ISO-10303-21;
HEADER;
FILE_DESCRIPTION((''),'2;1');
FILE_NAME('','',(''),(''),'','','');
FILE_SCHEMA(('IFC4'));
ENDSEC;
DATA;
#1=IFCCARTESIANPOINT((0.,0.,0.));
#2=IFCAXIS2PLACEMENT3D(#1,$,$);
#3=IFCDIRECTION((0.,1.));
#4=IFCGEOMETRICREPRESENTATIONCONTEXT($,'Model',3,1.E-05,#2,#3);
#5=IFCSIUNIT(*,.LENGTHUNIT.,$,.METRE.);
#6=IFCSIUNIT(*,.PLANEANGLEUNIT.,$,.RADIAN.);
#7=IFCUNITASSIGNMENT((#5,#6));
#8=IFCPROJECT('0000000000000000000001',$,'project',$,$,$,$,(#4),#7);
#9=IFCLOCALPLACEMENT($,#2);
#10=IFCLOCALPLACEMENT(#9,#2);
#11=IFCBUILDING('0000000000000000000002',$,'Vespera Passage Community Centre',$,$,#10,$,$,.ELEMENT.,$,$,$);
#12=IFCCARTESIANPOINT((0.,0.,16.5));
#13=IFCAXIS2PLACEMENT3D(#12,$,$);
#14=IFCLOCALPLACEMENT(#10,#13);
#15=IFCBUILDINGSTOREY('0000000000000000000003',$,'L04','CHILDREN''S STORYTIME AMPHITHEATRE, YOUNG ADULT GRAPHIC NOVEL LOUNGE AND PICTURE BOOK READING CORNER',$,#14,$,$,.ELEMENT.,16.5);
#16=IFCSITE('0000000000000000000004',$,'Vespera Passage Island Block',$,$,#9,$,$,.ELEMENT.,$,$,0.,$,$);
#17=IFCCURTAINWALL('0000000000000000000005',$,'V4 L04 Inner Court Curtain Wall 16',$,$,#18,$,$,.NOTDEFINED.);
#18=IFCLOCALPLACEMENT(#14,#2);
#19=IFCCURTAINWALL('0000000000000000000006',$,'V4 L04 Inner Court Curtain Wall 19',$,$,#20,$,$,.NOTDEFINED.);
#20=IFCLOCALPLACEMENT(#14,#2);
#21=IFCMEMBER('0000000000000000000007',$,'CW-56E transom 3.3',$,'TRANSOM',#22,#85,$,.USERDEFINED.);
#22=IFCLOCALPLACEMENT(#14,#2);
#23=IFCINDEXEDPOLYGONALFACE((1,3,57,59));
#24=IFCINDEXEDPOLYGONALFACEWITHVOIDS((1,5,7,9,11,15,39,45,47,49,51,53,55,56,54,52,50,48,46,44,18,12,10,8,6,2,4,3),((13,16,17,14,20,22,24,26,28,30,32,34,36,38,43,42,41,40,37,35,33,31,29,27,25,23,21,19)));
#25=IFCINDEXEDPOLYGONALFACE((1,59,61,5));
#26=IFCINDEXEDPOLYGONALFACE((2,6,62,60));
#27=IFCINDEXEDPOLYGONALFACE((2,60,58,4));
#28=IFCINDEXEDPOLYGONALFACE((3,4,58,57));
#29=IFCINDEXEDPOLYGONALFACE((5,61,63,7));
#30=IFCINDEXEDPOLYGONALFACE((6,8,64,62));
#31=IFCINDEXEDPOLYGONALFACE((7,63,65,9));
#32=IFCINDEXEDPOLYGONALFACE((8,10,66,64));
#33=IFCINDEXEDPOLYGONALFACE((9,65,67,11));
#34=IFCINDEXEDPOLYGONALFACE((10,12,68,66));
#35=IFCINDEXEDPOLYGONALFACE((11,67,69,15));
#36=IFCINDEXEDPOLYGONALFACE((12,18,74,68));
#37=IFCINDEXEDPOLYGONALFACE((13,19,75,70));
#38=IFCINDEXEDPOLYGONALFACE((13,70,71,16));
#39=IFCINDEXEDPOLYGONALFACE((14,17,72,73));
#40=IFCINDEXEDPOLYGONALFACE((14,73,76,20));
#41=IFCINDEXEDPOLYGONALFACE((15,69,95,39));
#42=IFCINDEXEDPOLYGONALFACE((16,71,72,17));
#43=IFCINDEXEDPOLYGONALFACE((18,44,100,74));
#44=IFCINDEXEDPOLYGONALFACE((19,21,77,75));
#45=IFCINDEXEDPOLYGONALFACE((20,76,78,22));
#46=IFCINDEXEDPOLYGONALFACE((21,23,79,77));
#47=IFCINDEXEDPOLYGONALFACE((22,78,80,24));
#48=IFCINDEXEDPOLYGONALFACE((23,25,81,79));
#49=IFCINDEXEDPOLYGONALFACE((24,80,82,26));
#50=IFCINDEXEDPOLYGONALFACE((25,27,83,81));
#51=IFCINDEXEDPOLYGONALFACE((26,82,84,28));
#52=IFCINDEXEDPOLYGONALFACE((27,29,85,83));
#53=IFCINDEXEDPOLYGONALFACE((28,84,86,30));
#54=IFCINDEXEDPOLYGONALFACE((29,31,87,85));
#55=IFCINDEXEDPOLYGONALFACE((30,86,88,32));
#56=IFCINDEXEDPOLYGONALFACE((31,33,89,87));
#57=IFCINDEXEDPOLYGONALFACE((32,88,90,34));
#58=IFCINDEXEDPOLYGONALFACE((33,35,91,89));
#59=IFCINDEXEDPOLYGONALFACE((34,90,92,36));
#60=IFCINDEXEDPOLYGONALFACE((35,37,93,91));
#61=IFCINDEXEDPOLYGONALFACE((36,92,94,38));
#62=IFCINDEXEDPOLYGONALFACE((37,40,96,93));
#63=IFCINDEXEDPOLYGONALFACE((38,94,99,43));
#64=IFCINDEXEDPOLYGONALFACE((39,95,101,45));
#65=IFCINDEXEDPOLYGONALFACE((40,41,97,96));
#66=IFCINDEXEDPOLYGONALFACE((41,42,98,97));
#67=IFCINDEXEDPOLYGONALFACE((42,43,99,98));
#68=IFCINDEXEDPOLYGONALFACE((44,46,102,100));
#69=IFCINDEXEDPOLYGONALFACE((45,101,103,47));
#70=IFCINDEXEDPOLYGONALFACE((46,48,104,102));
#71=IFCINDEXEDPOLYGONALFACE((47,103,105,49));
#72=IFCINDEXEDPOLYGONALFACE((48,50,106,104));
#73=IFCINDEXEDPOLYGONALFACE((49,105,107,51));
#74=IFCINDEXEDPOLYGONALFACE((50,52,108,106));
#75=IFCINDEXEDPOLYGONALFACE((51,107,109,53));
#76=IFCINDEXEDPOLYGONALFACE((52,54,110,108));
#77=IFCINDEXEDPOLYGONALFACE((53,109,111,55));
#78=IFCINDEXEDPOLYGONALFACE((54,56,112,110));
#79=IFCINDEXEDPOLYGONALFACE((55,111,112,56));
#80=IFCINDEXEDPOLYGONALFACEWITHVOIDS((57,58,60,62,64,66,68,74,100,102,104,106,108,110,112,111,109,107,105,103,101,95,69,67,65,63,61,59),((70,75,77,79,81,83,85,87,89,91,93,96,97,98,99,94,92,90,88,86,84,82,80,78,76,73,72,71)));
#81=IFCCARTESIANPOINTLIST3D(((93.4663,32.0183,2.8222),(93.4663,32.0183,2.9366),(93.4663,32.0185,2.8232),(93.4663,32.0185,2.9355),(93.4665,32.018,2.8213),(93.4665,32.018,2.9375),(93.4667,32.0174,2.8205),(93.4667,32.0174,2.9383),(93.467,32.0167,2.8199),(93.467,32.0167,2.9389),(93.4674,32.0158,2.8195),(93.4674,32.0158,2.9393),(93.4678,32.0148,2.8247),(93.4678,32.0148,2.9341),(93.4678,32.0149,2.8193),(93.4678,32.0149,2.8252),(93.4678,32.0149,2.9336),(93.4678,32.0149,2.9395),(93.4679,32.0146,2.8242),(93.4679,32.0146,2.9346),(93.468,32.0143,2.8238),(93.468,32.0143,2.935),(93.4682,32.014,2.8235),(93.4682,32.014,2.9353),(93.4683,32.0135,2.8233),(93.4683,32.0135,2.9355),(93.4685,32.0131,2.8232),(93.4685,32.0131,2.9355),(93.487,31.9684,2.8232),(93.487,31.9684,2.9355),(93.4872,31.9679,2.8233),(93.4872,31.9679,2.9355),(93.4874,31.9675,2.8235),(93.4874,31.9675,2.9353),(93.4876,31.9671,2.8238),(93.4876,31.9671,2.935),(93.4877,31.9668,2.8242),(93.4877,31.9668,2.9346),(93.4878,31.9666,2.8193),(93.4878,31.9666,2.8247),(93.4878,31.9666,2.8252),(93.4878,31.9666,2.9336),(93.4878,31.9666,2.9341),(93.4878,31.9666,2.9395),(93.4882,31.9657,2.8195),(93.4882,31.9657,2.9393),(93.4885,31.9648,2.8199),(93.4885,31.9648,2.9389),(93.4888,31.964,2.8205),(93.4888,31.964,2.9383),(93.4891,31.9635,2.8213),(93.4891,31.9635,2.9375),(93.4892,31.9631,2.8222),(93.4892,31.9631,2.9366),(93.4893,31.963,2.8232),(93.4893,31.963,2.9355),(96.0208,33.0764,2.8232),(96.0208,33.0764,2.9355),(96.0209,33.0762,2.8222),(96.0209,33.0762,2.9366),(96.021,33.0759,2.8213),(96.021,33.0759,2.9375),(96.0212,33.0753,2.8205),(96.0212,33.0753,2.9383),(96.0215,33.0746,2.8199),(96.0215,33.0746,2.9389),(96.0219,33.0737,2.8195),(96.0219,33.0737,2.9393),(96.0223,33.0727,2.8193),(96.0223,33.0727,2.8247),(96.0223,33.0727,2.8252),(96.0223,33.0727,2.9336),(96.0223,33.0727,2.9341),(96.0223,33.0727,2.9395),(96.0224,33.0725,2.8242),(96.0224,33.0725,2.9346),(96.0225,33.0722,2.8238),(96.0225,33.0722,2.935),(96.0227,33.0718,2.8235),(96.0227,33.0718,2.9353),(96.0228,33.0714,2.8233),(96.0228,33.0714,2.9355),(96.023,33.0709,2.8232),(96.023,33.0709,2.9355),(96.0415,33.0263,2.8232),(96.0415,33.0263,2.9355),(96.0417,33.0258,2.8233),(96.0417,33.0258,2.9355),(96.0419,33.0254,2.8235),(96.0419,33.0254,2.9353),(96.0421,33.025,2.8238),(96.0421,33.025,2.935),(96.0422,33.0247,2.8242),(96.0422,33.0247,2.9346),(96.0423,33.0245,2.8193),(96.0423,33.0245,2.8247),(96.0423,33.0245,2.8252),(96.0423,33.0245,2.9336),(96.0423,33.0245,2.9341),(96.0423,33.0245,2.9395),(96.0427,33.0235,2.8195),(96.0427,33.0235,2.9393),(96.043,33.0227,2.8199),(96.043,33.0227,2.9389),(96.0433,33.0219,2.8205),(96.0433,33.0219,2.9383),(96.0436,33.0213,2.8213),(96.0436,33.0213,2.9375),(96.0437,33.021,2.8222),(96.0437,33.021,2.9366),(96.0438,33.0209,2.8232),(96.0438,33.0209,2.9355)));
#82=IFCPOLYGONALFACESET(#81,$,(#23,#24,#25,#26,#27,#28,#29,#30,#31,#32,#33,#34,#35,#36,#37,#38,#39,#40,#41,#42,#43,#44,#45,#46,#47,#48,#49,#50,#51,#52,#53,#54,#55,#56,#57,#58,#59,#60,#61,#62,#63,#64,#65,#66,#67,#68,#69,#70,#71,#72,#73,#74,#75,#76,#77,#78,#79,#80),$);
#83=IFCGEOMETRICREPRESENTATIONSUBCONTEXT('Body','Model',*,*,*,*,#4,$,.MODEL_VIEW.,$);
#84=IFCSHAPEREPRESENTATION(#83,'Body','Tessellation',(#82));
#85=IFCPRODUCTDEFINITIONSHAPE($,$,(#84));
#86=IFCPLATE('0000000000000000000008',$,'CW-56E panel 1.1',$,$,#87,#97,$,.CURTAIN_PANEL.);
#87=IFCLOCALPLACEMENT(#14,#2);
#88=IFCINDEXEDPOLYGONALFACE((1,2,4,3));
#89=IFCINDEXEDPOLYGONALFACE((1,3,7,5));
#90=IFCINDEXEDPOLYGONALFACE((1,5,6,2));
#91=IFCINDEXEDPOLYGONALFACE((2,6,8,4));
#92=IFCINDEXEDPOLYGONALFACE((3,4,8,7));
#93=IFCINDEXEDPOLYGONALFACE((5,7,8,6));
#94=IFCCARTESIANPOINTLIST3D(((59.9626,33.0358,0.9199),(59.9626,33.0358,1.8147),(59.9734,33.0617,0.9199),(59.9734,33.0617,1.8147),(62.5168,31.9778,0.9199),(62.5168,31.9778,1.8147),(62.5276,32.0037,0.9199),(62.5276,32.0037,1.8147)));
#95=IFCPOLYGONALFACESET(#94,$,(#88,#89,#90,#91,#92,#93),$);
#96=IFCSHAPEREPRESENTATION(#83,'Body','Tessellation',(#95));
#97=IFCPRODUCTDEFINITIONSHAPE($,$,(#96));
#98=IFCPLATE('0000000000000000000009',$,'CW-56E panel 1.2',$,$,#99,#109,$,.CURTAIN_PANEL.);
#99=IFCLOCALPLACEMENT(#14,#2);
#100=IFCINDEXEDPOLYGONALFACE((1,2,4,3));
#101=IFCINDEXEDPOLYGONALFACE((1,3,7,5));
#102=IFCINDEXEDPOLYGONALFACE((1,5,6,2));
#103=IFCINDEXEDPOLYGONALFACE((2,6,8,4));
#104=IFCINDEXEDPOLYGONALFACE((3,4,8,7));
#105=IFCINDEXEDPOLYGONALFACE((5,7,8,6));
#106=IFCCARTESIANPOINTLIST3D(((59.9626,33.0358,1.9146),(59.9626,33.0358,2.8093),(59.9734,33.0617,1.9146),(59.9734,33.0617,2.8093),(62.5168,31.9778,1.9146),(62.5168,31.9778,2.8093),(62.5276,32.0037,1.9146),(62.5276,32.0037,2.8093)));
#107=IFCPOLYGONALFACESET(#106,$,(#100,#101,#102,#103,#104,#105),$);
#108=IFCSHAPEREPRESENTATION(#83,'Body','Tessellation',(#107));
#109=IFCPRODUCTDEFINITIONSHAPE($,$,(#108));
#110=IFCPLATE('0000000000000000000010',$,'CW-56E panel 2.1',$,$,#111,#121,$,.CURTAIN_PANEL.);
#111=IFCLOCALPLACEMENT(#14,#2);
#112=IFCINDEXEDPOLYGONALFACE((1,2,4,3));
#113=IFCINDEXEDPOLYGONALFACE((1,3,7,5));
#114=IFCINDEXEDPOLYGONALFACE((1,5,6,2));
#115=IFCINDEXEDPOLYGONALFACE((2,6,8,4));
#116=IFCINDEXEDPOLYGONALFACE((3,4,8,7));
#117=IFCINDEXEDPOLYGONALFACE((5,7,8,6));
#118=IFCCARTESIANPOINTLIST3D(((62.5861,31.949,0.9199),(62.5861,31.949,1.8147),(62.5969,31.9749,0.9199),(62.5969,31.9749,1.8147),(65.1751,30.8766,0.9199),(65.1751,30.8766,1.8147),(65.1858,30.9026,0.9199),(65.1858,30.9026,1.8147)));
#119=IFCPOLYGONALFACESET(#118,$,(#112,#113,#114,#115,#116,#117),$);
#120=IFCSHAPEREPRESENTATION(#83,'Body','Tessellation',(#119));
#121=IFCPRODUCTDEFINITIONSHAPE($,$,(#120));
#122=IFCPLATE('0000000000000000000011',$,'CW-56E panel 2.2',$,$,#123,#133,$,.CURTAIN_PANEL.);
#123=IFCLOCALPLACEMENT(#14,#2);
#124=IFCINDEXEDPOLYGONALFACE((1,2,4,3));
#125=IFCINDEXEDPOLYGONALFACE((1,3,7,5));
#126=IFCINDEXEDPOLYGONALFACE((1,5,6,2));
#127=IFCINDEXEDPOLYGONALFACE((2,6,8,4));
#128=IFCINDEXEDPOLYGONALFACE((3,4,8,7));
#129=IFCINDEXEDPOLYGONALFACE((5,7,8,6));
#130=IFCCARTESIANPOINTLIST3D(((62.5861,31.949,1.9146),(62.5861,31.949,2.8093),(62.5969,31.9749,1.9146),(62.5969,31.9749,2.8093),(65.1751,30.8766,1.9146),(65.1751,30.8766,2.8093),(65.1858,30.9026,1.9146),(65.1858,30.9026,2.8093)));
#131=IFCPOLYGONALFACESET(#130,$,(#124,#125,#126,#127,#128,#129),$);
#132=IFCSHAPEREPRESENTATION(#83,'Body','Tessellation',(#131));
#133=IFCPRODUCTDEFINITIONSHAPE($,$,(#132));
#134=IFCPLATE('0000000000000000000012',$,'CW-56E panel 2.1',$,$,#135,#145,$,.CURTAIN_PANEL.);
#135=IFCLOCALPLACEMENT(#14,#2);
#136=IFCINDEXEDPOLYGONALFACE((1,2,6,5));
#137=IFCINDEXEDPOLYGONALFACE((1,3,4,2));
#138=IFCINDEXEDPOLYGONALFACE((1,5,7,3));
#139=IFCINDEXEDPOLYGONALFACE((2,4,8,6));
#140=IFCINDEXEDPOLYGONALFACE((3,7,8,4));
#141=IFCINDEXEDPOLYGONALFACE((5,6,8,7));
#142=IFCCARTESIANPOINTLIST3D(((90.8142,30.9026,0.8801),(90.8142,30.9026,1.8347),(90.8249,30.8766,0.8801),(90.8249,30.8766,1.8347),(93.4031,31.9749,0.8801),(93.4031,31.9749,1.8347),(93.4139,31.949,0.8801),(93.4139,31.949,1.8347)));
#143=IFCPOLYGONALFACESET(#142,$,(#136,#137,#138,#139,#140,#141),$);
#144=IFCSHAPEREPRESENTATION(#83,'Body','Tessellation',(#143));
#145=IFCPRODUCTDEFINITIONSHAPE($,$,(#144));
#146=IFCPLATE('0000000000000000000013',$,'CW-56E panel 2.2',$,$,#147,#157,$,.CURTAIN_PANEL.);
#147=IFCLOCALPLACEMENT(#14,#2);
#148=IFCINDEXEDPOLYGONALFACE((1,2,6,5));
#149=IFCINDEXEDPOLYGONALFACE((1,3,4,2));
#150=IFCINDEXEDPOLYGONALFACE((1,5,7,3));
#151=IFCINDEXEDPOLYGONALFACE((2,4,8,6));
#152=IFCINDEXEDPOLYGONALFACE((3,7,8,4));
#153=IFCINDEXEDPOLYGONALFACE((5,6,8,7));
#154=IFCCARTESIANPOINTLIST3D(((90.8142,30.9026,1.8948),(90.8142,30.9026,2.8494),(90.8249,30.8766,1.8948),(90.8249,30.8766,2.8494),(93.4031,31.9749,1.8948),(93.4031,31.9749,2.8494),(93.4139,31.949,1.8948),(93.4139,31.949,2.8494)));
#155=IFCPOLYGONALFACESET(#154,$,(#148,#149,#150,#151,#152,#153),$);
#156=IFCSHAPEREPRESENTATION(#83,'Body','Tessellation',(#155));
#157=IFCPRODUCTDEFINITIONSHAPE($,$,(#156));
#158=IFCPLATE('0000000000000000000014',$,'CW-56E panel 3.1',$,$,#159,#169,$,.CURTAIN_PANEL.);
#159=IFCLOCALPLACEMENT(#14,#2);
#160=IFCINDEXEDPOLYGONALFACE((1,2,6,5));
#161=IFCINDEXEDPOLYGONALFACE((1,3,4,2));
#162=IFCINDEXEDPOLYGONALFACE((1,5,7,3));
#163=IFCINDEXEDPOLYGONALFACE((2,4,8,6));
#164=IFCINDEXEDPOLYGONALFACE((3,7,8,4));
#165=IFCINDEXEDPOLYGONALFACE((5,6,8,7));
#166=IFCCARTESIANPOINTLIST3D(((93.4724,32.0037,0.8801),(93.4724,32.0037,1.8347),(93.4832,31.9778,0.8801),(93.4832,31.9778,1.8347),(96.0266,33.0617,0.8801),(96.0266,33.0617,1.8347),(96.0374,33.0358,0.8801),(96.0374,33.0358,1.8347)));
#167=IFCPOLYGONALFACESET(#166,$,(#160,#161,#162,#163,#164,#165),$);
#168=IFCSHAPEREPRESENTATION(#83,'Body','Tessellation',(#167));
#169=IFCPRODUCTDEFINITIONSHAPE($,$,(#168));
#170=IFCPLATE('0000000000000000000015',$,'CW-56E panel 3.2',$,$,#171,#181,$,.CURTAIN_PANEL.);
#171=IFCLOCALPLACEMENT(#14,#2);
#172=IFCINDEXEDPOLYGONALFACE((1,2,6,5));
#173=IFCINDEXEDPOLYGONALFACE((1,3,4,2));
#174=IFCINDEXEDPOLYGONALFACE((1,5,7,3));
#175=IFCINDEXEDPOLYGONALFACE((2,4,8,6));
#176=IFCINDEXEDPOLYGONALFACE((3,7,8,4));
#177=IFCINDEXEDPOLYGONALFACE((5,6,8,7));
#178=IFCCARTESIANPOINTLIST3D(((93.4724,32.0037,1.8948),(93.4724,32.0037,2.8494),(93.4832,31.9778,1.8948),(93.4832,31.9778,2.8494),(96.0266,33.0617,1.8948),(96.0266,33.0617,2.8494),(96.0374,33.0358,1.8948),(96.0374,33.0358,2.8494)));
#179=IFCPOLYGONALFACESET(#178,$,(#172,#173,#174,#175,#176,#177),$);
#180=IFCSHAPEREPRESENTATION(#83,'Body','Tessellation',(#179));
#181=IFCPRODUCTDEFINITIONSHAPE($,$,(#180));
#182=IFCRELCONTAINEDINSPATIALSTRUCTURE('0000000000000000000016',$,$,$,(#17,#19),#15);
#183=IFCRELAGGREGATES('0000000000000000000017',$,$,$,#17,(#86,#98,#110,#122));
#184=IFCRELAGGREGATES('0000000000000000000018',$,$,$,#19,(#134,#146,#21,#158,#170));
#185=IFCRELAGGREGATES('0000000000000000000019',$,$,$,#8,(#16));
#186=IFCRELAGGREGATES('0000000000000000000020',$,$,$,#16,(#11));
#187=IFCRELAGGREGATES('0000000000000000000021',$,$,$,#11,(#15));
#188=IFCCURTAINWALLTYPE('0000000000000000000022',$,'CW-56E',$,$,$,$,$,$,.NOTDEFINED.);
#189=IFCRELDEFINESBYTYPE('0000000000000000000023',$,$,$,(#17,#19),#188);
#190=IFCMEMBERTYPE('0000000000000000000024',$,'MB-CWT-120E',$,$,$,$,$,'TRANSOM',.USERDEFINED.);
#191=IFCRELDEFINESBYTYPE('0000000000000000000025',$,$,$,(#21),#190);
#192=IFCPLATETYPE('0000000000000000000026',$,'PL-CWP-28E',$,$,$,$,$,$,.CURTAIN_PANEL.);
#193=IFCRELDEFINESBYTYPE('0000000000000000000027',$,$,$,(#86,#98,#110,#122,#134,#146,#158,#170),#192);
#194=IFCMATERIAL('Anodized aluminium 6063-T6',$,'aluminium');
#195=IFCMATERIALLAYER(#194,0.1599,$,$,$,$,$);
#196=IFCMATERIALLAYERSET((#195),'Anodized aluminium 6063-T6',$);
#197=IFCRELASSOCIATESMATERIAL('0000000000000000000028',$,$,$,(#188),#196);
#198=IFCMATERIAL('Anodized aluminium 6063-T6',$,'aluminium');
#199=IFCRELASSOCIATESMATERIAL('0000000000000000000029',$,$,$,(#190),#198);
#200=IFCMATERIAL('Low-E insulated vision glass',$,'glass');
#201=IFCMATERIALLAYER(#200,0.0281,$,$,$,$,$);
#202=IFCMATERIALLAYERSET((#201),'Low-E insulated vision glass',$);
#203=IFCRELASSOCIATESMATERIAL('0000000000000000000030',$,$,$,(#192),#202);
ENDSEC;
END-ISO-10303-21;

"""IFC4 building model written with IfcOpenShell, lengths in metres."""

from ifc_helpers import new_model, si_unit, direction, frame, origin, origin_2d, place, context, subcontext, project, spatial, rectangle, hollow_rectangle, extrude, material, layer, layer_set, material_profile, profile_set, type_object, element, aggregate, save


model = new_model("IFC4")

# Units and contexts
model_context = context("Model", 3, precision=1e-05, world=origin(), true_north=direction((0.0, 1.0)))
body_context = subcontext(model_context, "Body", "Model", "MODEL_VIEW")
ifc_project = project(units=[si_unit("LENGTHUNIT", "METRE"), si_unit("PLANEANGLEUNIT", "RADIAN")], contexts=[model_context])

# Site, building, storey
site_placement = place(None, origin())
site = spatial("IfcSite", under=ifc_project, at=site_placement, Name="Vespera Passage Island Block", CompositionType="ELEMENT", RefElevation=0.0)
building_placement = place(site_placement, origin())
building = spatial("IfcBuilding", under=site, at=building_placement, Name="Vespera Passage Community Centre", CompositionType="ELEMENT")
storey_placement = place(building_placement, frame((0.0, 0.0, 16.5)))
storey = spatial("IfcBuildingStorey", under=building, at=storey_placement, Name="L04", Description="CHILDREN'S STORYTIME AMPHITHEATRE, YOUNG ADULT GRAPHIC NOVEL LOUNGE AND PICTURE BOOK READING CORNER", CompositionType="ELEMENT", Elevation=16.5)

# Curtain walls
ifc_material_1 = material(Name="Anodized aluminium 6063-T6", Category="aluminium")
ifc_layer_1 = layer(ifc_material_1, 0.1599)
ifc_layer_set_1 = layer_set([ifc_layer_1], Name="Anodized aluminium 6063-T6")
curtain_wall_type = type_object("IfcCurtainWallType", Name="CW-56E", PredefinedType="NOTDEFINED", material=ifc_layer_set_1)
curtain_wall_1_placement = place(storey_placement, origin())
curtain_wall_1 = element("IfcCurtainWall", 1, at=curtain_wall_1_placement, inside=storey, type_object=curtain_wall_type, Name="V4 L04 Inner Court Curtain Wall 16", PredefinedType="NOTDEFINED")
curtain_wall_2_placement = place(storey_placement, origin())
curtain_wall_2 = element("IfcCurtainWall", 2, at=curtain_wall_2_placement, inside=storey, type_object=curtain_wall_type, Name="V4 L04 Inner Court Curtain Wall 19", PredefinedType="NOTDEFINED")

# Member
ifc_material_2 = material(Name="Anodized aluminium 6063-T6", Category="aluminium")
ifc_material_profile_1 = material_profile(ifc_material_2, hollow_rectangle(XDim=0.0601, YDim=0.1201, WallThickness=0.0039, InnerFilletRadius=0.002, OuterFilletRadius=0.0039, at=origin_2d()), Name="ALU120X60X4")
ifc_profile_set_1 = profile_set([ifc_material_profile_1], Name="Anodized aluminium 6063-T6")
member_type_1 = type_object("IfcMemberType", Name="MB-CWT-120E", ElementType="TRANSOM", PredefinedType="USERDEFINED", material=ifc_profile_set_1)
member_1_placement = place(storey_placement, frame((93.4778, 31.9907, 2.8794), z_axis=(0.923908, 0.382614, 0.0), x_axis=(-0.382614, 0.923908, 0.0)))
member_1 = element("IfcMember", 3, at=member_1_placement, type_object=member_type_1, Name="CW-56E transom 3.3", ObjectType="TRANSOM", PredefinedType="USERDEFINED", context=body_context, shape_type="SweptSolid", body=[
    extrude(hollow_rectangle(XDim=0.0601, YDim=0.1201, WallThickness=0.0039, InnerFilletRadius=0.002, OuterFilletRadius=0.0039, at=origin_2d()), origin(), (0.0, 0.0, 1.0), 2.7649),
])

# Plates
ifc_material_3 = material(Name="Low-E insulated vision glass", Category="glass")
ifc_layer_2 = layer(ifc_material_3, 0.0281)
ifc_layer_set_2 = layer_set([ifc_layer_2], Name="Low-E insulated vision glass")
plate_type = type_object("IfcPlateType", Name="PL-CWP-28E", PredefinedType="CURTAIN_PANEL", material=ifc_layer_set_2)
plate_1_placement = place(storey_placement, frame((61.2451, 32.5198, 0.9199), z_axis=(0.0, 0.0, 1.0), x_axis=(0.923877, -0.38269, 0.0)))
plate_1 = element("IfcPlate", 4, at=plate_1_placement, type_object=plate_type, Name="CW-56E panel 1.1", PredefinedType="CURTAIN_PANEL", context=body_context, shape_type="SweptSolid", body=[
    extrude(rectangle(XDim=2.7646, YDim=0.0281, at=origin_2d()), origin(), (0.0, 0.0, 1.0), 0.8948),
])
plate_2_placement = place(storey_placement, frame((61.2451, 32.5198, 1.9146), z_axis=(0.0, 0.0, 1.0), x_axis=(0.923877, -0.38269, 0.0)))
plate_2 = element("IfcPlate", 5, at=plate_2_placement, type_object=plate_type, Name="CW-56E panel 1.2", PredefinedType="CURTAIN_PANEL", context=body_context, shape_type="SweptSolid", body=[
    extrude(rectangle(XDim=2.7646, YDim=0.0281, at=origin_2d()), origin(), (0.0, 0.0, 1.0), 0.8948),
])
plate_3_placement = place(storey_placement, frame((63.886, 31.4258, 0.9199), z_axis=(0.0, 0.0, 1.0), x_axis=(0.923877, -0.38269, 0.0)))
plate_3 = element("IfcPlate", 6, at=plate_3_placement, type_object=plate_type, Name="CW-56E panel 2.1", PredefinedType="CURTAIN_PANEL", context=body_context, shape_type="SweptSolid", body=[
    extrude(rectangle(XDim=2.8022, YDim=0.0281, at=origin_2d()), origin(), (0.0, 0.0, 1.0), 0.8948),
])
plate_4_placement = place(storey_placement, frame((63.886, 31.4258, 1.9146), z_axis=(0.0, 0.0, 1.0), x_axis=(0.923877, -0.38269, 0.0)))
plate_4 = element("IfcPlate", 7, at=plate_4_placement, type_object=plate_type, Name="CW-56E panel 2.2", PredefinedType="CURTAIN_PANEL", context=body_context, shape_type="SweptSolid", body=[
    extrude(rectangle(XDim=2.8022, YDim=0.0281, at=origin_2d()), origin(), (0.0, 0.0, 1.0), 0.8948),
])
aggregate(curtain_wall_1, [plate_1, plate_2, plate_3, plate_4])
plate_5_placement = place(storey_placement, frame((92.114, 31.4258, 0.8801), z_axis=(0.0, 0.0, 1.0), x_axis=(0.923877, 0.38269, 0.0)))
plate_5 = element("IfcPlate", 8, at=plate_5_placement, type_object=plate_type, Name="CW-56E panel 2.1", PredefinedType="CURTAIN_PANEL", context=body_context, shape_type="SweptSolid", body=[
    extrude(rectangle(XDim=2.8022, YDim=0.0281, at=origin_2d()), origin(), (0.0, 0.0, 1.0), 0.9546),
])
plate_6_placement = place(storey_placement, frame((92.114, 31.4258, 1.8948), z_axis=(0.0, 0.0, 1.0), x_axis=(0.923877, 0.38269, 0.0)))
plate_6 = element("IfcPlate", 9, at=plate_6_placement, type_object=plate_type, Name="CW-56E panel 2.2", PredefinedType="CURTAIN_PANEL", context=body_context, shape_type="SweptSolid", body=[
    extrude(rectangle(XDim=2.8022, YDim=0.0281, at=origin_2d()), origin(), (0.0, 0.0, 1.0), 0.9546),
])
plate_7_placement = place(storey_placement, frame((94.7549, 32.5198, 0.8801), z_axis=(0.0, 0.0, 1.0), x_axis=(0.923877, 0.38269, 0.0)))
plate_7 = element("IfcPlate", 10, at=plate_7_placement, type_object=plate_type, Name="CW-56E panel 3.1", PredefinedType="CURTAIN_PANEL", context=body_context, shape_type="SweptSolid", body=[
    extrude(rectangle(XDim=2.7646, YDim=0.0281, at=origin_2d()), origin(), (0.0, 0.0, 1.0), 0.9546),
])
plate_8_placement = place(storey_placement, frame((94.7549, 32.5198, 1.8948), z_axis=(0.0, 0.0, 1.0), x_axis=(0.923877, 0.38269, 0.0)))
plate_8 = element("IfcPlate", 11, at=plate_8_placement, type_object=plate_type, Name="CW-56E panel 3.2", PredefinedType="CURTAIN_PANEL", context=body_context, shape_type="SweptSolid", body=[
    extrude(rectangle(XDim=2.7646, YDim=0.0281, at=origin_2d()), origin(), (0.0, 0.0, 1.0), 0.9546),
])
aggregate(curtain_wall_2, [plate_5, plate_6, member_1, plate_7, plate_8])

save(model, "model.ifc")
